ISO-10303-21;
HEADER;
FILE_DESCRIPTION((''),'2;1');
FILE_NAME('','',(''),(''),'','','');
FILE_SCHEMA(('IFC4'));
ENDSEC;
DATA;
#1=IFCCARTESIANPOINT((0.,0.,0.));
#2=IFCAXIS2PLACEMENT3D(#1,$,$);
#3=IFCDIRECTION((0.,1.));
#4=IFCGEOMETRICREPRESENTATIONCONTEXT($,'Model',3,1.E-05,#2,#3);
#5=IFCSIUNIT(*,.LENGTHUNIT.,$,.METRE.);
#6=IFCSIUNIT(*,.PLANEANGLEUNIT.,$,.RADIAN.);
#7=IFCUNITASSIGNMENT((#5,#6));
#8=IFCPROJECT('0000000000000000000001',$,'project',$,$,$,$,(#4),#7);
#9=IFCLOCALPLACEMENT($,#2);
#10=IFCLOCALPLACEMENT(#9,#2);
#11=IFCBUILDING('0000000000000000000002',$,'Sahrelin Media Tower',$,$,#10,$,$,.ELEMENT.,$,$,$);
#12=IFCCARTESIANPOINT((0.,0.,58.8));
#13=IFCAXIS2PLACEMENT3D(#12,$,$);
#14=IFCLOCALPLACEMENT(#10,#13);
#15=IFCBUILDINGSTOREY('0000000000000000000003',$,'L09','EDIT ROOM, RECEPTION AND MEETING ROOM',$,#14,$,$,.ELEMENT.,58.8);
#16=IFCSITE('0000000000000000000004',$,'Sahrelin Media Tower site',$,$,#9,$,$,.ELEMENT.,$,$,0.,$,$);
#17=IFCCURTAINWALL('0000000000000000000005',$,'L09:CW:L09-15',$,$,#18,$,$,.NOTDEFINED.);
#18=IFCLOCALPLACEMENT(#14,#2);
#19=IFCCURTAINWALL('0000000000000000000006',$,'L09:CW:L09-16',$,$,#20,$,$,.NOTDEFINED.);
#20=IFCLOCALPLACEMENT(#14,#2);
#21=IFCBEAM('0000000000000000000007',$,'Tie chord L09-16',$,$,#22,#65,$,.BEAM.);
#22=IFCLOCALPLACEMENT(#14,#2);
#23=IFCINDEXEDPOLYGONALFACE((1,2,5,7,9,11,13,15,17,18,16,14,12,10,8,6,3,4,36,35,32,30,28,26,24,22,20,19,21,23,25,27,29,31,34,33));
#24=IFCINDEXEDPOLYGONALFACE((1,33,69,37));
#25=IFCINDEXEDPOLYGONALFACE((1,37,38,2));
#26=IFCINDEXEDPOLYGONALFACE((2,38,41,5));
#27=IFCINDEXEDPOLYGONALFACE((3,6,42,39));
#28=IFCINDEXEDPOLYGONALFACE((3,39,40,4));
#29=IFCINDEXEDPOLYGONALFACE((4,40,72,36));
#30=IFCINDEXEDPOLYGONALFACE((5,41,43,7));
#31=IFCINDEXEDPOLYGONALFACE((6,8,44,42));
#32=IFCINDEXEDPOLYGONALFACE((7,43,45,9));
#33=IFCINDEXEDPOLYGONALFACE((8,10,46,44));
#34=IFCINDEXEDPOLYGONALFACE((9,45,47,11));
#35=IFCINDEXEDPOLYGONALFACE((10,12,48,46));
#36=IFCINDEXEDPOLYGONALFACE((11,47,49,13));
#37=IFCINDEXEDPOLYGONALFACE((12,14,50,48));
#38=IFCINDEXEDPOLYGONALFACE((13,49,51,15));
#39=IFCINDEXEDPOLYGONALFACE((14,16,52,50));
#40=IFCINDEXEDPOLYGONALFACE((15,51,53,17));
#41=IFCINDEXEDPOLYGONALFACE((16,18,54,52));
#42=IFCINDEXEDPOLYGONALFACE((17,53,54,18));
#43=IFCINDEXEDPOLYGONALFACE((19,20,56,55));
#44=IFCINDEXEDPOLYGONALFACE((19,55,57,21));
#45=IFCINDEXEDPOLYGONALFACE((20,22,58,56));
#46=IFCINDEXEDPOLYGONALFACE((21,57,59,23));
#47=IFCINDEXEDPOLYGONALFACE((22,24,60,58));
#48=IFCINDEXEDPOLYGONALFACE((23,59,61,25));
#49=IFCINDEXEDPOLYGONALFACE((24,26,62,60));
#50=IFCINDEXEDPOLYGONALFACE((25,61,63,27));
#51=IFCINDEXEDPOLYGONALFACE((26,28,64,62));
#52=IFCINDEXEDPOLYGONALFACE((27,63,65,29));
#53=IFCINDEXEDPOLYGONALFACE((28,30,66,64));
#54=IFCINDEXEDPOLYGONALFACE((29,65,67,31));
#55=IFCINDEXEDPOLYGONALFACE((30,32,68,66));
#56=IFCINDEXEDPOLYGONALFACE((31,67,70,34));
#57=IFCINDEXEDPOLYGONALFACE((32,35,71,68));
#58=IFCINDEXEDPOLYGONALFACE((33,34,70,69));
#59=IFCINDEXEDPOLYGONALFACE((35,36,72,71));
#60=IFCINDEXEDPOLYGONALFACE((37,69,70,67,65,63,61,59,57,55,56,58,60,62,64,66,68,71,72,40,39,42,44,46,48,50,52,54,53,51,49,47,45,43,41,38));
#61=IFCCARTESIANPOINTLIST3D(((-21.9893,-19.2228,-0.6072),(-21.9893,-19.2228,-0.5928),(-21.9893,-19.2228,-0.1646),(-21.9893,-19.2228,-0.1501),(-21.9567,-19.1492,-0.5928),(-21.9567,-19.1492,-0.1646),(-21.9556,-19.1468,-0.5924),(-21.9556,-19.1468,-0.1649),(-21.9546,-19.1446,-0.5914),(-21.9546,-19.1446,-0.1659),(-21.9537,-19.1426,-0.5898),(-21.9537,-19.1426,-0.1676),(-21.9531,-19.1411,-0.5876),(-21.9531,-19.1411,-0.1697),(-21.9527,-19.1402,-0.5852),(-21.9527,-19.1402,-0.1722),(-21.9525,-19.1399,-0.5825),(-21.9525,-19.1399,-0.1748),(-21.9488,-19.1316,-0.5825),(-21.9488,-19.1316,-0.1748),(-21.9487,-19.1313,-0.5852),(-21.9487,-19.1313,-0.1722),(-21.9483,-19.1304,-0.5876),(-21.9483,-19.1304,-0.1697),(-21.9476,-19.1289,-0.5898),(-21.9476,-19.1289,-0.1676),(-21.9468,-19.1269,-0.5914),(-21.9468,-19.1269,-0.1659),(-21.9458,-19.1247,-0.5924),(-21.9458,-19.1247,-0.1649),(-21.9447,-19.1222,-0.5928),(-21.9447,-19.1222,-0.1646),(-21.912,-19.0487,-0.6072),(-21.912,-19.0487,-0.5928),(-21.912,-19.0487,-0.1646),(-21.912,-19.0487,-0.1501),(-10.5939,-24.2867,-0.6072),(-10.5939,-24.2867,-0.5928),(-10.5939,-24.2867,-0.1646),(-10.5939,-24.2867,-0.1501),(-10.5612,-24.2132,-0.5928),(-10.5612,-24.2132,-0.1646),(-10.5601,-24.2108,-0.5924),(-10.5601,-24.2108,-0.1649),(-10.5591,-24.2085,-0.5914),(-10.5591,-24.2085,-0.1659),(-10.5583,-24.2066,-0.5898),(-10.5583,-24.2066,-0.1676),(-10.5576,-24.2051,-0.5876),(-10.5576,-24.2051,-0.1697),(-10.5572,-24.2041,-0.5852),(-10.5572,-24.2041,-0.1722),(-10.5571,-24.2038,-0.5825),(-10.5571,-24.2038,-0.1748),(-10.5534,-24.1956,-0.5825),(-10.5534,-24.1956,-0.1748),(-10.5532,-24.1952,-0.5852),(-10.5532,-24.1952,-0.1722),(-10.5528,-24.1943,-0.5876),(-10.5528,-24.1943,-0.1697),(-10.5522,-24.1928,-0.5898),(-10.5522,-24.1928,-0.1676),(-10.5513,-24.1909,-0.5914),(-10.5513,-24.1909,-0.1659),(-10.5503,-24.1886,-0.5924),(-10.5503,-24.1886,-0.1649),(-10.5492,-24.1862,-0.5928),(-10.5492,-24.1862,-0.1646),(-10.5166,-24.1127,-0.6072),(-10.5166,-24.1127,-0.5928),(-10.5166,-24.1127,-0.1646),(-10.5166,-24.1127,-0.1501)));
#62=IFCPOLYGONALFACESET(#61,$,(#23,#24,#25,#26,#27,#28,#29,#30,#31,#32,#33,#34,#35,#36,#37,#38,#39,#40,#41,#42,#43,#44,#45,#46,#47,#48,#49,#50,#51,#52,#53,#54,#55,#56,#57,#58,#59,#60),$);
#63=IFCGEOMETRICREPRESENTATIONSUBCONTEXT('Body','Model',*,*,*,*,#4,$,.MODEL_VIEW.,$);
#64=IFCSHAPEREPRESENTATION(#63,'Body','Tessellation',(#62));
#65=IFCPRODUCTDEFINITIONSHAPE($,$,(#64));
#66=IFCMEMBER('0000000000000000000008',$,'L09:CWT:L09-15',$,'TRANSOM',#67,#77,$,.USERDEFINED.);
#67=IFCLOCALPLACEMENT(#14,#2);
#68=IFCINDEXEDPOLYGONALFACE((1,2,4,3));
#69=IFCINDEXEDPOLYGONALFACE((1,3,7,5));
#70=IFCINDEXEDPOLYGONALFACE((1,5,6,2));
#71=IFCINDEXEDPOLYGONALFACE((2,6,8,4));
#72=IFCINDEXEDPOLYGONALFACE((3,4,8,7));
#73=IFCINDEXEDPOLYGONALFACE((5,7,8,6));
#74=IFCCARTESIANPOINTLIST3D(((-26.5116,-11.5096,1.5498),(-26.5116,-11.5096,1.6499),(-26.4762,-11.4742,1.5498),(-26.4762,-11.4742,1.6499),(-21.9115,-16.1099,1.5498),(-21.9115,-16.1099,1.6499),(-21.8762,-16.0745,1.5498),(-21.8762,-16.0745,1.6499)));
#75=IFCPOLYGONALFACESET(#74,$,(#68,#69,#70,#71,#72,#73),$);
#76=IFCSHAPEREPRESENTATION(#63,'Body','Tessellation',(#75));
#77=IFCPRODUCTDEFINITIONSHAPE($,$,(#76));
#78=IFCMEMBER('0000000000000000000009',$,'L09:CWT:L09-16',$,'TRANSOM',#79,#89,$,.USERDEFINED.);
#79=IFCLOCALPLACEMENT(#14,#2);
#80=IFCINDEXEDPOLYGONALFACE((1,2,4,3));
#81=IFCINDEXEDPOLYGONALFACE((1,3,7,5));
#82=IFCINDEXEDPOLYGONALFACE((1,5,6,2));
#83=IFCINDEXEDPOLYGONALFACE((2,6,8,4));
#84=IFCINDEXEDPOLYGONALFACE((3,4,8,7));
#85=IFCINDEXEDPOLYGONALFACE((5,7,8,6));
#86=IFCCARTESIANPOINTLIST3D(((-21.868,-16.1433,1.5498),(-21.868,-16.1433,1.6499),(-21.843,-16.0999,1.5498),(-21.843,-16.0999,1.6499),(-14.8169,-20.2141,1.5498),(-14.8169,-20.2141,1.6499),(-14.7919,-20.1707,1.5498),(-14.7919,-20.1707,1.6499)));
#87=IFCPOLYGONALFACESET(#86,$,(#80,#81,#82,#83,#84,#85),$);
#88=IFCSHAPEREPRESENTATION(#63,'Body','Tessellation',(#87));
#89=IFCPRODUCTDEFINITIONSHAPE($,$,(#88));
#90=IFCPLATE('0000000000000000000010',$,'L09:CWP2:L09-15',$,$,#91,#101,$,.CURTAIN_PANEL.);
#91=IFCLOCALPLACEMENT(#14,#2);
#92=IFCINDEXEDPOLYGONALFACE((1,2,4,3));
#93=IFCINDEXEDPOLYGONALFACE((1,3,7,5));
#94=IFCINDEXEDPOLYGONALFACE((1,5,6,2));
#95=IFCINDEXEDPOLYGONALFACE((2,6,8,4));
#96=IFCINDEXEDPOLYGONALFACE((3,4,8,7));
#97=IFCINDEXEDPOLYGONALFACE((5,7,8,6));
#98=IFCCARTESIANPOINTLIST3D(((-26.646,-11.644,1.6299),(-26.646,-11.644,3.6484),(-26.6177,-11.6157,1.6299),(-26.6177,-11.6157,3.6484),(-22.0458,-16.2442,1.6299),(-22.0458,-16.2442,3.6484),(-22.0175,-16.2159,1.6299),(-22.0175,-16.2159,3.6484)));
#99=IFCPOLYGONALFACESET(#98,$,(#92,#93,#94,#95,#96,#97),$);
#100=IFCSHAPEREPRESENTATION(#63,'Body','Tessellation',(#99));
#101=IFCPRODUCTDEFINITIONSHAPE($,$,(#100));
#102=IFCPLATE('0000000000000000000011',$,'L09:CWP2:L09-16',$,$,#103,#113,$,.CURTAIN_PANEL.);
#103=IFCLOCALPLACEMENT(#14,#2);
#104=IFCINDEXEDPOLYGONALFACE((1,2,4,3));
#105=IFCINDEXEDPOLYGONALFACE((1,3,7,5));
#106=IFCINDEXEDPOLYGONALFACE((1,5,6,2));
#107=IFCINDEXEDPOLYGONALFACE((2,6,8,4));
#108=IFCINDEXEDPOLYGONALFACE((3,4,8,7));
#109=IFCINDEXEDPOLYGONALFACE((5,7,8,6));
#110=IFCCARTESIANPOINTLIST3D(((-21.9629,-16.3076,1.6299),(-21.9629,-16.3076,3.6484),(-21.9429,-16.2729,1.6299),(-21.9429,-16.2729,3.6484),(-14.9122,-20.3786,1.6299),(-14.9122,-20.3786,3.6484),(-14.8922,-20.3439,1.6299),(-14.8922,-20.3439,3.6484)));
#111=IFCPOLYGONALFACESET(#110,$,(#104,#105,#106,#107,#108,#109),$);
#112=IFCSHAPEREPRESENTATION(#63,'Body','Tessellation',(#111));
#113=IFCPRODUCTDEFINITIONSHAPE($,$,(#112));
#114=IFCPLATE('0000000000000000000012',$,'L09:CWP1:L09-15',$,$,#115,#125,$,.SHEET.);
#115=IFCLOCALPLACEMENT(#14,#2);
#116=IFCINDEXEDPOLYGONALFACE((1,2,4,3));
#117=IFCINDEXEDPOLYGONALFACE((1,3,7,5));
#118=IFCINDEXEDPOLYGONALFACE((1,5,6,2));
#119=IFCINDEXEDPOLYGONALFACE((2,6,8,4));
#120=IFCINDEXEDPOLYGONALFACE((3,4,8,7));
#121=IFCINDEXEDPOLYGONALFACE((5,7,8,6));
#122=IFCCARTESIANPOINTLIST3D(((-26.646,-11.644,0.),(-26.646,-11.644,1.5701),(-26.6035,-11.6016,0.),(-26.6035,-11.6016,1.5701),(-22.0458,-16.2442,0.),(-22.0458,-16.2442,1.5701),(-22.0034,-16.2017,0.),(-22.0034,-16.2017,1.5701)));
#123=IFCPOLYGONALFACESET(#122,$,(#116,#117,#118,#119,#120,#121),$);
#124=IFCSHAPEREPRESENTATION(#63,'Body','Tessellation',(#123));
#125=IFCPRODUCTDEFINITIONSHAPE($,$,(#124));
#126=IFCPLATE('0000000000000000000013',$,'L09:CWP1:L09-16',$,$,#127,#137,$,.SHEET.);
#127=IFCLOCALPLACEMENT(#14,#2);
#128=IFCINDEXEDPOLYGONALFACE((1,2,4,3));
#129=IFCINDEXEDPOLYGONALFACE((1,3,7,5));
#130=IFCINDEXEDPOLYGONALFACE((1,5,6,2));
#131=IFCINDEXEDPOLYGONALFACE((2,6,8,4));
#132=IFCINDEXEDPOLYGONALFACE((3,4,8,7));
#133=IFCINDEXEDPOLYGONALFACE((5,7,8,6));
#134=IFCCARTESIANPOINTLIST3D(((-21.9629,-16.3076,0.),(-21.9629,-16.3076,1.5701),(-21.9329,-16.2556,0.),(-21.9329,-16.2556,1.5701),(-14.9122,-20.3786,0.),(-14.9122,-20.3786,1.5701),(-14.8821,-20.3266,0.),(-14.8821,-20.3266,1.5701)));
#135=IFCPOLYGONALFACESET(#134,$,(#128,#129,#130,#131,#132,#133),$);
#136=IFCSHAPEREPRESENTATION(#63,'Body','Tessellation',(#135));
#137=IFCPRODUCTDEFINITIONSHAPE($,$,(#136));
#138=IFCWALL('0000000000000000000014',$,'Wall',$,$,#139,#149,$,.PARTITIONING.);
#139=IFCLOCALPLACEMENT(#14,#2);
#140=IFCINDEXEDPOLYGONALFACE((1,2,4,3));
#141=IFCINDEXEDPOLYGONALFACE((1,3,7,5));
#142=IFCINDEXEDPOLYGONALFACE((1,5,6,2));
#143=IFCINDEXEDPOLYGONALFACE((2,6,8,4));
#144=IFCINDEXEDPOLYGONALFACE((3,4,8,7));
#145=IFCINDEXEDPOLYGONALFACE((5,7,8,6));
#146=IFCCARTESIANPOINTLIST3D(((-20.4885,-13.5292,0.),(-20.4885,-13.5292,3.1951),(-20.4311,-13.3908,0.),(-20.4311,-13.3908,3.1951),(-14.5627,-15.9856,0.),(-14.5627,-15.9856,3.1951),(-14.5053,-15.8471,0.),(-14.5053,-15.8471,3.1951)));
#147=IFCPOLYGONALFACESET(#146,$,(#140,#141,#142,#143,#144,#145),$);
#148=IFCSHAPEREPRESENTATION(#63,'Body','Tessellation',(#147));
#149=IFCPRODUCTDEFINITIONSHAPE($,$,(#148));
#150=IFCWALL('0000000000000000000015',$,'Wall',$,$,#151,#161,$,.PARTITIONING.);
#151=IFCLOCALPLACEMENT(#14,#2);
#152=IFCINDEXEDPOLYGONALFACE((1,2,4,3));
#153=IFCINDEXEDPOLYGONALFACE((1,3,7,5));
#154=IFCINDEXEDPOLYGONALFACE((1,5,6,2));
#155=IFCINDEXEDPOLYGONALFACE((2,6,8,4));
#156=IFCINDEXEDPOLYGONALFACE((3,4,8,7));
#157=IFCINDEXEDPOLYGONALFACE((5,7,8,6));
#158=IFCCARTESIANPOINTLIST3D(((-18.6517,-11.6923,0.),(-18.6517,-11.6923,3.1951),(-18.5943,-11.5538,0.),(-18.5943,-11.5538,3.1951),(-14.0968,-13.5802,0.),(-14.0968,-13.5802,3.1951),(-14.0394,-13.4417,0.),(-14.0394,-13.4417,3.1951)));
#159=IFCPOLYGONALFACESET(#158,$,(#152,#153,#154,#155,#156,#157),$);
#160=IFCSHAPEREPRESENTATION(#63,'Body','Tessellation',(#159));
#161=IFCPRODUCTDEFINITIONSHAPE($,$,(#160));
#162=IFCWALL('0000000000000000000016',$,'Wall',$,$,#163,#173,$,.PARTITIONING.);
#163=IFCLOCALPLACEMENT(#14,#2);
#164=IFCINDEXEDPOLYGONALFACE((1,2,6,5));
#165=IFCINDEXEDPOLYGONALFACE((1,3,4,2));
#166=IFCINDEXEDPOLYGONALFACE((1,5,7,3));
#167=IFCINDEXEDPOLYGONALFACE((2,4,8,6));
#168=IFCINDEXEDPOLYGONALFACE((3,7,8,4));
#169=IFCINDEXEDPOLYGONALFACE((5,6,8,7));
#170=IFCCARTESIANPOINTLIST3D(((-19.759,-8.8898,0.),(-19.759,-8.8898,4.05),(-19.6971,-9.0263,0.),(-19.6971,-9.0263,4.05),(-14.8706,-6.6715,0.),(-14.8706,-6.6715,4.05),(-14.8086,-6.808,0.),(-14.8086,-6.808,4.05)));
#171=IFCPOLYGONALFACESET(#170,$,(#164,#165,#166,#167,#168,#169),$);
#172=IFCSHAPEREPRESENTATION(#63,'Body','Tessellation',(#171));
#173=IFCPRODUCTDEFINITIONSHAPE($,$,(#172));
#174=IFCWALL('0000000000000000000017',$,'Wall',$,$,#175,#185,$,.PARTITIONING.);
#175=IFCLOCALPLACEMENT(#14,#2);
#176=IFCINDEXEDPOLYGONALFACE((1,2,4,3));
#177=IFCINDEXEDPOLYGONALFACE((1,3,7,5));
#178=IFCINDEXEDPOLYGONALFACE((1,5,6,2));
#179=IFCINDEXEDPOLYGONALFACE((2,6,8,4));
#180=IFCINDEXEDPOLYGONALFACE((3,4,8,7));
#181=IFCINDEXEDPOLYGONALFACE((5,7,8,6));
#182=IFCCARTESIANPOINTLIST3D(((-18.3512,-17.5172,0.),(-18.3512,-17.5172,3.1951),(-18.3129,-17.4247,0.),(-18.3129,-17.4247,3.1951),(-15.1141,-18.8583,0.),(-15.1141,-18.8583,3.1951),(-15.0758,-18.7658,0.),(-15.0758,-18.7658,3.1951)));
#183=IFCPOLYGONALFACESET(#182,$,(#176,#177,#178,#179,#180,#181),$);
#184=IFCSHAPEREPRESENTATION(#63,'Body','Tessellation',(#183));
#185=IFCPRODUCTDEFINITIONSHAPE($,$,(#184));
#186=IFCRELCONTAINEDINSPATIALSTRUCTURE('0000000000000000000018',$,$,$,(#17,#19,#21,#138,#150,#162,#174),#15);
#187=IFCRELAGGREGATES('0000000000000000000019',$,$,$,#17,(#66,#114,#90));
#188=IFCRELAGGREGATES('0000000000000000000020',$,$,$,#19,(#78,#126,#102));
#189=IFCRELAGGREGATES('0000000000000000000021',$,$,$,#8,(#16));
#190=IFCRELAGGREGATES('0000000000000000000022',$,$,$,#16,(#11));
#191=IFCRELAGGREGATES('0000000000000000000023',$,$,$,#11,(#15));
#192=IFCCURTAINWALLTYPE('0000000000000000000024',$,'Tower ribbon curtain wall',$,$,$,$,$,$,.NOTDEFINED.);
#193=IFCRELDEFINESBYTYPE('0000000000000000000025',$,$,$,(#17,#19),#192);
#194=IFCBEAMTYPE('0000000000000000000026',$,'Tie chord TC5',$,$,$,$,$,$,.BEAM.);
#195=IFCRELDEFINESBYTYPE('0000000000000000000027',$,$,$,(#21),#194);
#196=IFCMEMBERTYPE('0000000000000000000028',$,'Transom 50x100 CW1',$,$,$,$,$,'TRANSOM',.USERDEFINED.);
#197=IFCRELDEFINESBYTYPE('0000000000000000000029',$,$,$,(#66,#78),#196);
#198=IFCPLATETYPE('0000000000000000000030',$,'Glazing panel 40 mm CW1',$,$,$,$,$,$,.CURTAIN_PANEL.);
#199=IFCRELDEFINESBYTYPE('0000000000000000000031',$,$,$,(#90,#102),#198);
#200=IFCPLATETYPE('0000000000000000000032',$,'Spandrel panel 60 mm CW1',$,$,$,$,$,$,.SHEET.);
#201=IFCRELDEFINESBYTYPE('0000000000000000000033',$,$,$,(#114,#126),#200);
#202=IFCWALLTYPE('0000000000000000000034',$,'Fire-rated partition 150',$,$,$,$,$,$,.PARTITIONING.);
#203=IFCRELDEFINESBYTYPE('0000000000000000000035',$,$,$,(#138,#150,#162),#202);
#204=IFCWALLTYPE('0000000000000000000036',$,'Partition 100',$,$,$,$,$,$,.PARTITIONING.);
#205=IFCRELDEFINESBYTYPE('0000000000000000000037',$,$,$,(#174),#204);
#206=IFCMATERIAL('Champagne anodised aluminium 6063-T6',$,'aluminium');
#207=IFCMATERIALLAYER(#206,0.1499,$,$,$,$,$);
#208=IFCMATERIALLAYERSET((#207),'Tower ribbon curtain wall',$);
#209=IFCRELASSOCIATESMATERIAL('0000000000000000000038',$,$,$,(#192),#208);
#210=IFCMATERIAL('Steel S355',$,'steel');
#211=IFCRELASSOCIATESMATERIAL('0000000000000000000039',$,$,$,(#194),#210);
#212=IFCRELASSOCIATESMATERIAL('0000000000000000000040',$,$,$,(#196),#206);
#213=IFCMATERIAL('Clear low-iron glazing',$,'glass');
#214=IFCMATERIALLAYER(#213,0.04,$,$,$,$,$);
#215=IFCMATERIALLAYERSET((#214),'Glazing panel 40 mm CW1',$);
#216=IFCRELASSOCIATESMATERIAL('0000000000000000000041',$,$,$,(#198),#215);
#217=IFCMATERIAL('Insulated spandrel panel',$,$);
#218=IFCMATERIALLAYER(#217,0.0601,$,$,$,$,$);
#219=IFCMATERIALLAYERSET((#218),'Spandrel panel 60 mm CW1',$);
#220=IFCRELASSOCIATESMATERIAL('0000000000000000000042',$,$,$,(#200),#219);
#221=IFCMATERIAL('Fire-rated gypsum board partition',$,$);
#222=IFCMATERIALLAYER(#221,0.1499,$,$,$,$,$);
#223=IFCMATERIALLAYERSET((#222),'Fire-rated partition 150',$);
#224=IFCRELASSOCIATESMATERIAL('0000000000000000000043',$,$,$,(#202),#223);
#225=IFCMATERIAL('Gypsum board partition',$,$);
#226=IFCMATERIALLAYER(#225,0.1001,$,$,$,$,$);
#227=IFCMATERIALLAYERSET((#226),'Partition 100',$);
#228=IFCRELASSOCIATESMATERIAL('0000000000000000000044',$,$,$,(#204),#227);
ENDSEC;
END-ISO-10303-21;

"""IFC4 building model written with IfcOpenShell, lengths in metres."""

from ifc_helpers import new_model, si_unit, direction, frame, frame_2d, origin, origin_2d, place, context, subcontext, project, spatial, polyline, rectangle, i_section, outline, extrude, material, layer, layer_set, material_profile, profile_set, type_object, element, aggregate, save


model = new_model("IFC4")

# Units and contexts
model_context = context("Model", 3, precision=1e-05, world=origin(), true_north=direction((0.0, 1.0)))
body_context = subcontext(model_context, "Body", "Model", "MODEL_VIEW")
ifc_project = project(units=[si_unit("LENGTHUNIT", "METRE"), si_unit("PLANEANGLEUNIT", "RADIAN")], contexts=[model_context])

# Site, building, storey
site_placement = place(None, origin())
site = spatial("IfcSite", under=ifc_project, at=site_placement, Name="Sahrelin Media Tower site", CompositionType="ELEMENT", RefElevation=0.0)
building_placement = place(site_placement, origin())
building = spatial("IfcBuilding", under=site, at=building_placement, Name="Sahrelin Media Tower", CompositionType="ELEMENT")
storey_placement = place(building_placement, frame((0.0, 0.0, 58.8)))
storey = spatial("IfcBuildingStorey", under=building, at=storey_placement, Name="L09", Description="EDIT ROOM, RECEPTION AND MEETING ROOM", CompositionType="ELEMENT", Elevation=58.8)

# Shared definitions
ifc_material_1 = material(Name="Steel S355", Category="steel")

# Curtain walls
ifc_material_2 = material(Name="Champagne anodised aluminium 6063-T6", Category="aluminium")
ifc_layer_1 = layer(ifc_material_2, 0.1499)
ifc_layer_set_1 = layer_set([ifc_layer_1], Name="Tower ribbon curtain wall")
curtain_wall_type = type_object("IfcCurtainWallType", Name="Tower ribbon curtain wall", PredefinedType="NOTDEFINED", material=ifc_layer_set_1)
curtain_wall_1_placement = place(storey_placement, frame((-24.3318, -13.9299, 0.0), z_axis=(0.0, 0.0, 1.0), x_axis=(1.0, 0.0, 0.0)))
curtain_wall_1 = element("IfcCurtainWall", 1, at=curtain_wall_1_placement, inside=storey, type_object=curtain_wall_type, Name="L09:CW:L09-15", PredefinedType="NOTDEFINED")
curtain_wall_2_placement = place(storey_placement, frame((-18.4275, -18.3257, 0.0), z_axis=(0.0, 0.0, 1.0), x_axis=(1.0, 0.0, 0.0)))
curtain_wall_2 = element("IfcCurtainWall", 2, at=curtain_wall_2_placement, inside=storey, type_object=curtain_wall_type, Name="L09:CW:L09-16", PredefinedType="NOTDEFINED")

# Beam
ifc_material_profile_1 = material_profile(ifc_material_1, i_section(OverallWidth=0.1904, OverallDepth=0.457, WebThickness=0.009, FlangeThickness=0.0144, FilletRadius=0.0103, at=origin_2d()), Name="UB 457x191x74")
ifc_profile_set_1 = profile_set([ifc_material_profile_1], Name="Steel S355")
beam_type_1 = type_object("IfcBeamType", Name="Tie chord TC5", PredefinedType="BEAM", material=ifc_profile_set_1)
beam_1_placement = place(storey_placement, frame((-21.9507, -19.1357, -0.3787), z_axis=(0.913833, -0.406091, 0.0), x_axis=(0.406091, 0.913833, 0.0)))
element("IfcBeam", 3, at=beam_1_placement, inside=storey, type_object=beam_type_1, Name="Tie chord L09-16", PredefinedType="BEAM", context=body_context, shape_type="SweptSolid", body=[
    extrude(i_section(OverallWidth=0.1904, OverallDepth=0.457, WebThickness=0.009, FlangeThickness=0.0144, FilletRadius=0.0103, at=origin_2d()), origin(), (0.0, 0.0, 1.0), 12.47),
])

# Members
ifc_material_profile_2 = material_profile(ifc_material_2, rectangle(XDim=0.05, YDim=0.1001, at=origin_2d()), Name="Transom 50x100")
ifc_profile_set_2 = profile_set([ifc_material_profile_2], Name="Champagne anodised aluminium 6063-T6")
member_type_1 = type_object("IfcMemberType", Name="Transom 50x100 CW1", ElementType="TRANSOM", PredefinedType="USERDEFINED", material=ifc_profile_set_2)
member_1_placement = place(storey_placement, frame((-26.4939, -11.4919, 1.5999), z_axis=(0.707088, -0.707126, 0.0), x_axis=(0.707126, 0.707088, 0.0)))
member_1 = element("IfcMember", 4, at=member_1_placement, type_object=member_type_1, Name="L09:CWT:L09-15", ObjectType="TRANSOM", PredefinedType="USERDEFINED", context=body_context, shape_type="SweptSolid", body=[
    extrude(rectangle(XDim=0.05, YDim=0.1001, at=origin_2d()), origin(), (0.0, 0.0, 1.0), 6.5056),
])
member_2_placement = place(storey_placement, frame((-21.8555, -16.1216, 1.5999), z_axis=(0.866031, -0.49999, 0.0), x_axis=(0.49999, 0.866031, 0.0)))
member_2 = element("IfcMember", 5, at=member_2_placement, type_object=member_type_1, Name="L09:CWT:L09-16", ObjectType="TRANSOM", PredefinedType="USERDEFINED", context=body_context, shape_type="SweptSolid", body=[
    extrude(rectangle(XDim=0.05, YDim=0.1001, at=origin_2d()), origin(), (0.0, 0.0, 1.0), 8.1418),
])

# Plates
ifc_material_3 = material(Name="Clear low-iron glazing", Category="glass")
ifc_layer_2 = layer(ifc_material_3, 0.04)
ifc_layer_set_2 = layer_set([ifc_layer_2], Name="Glazing panel 40 mm CW1")
plate_type_1 = type_object("IfcPlateType", Name="Glazing panel 40 mm CW1", PredefinedType="CURTAIN_PANEL", material=ifc_layer_set_2)
plate_1_placement = place(storey_placement, frame((-26.646, -11.644, 1.6299), z_axis=(-0.707107, -0.707107, 0.0), x_axis=(0.707107, -0.707107, 0.0)))
plate_1 = element("IfcPlate", 6, at=plate_1_placement, type_object=plate_type_1, Name="L09:CWP2:L09-15", PredefinedType="CURTAIN_PANEL", context=body_context, shape_type="SweptSolid", body=[
    extrude(outline(polyline([(0.0, 0.0), (6.5056, 0.0), (6.5056, 2.0186), (0.0, 2.0186), (0.0, 0.0)])), origin(), (0.0, 0.0, -1.0), 0.04),
])
plate_2_placement = place(storey_placement, frame((-21.9629, -16.3076, 1.6299), z_axis=(-0.500025, -0.866011, 0.0), x_axis=(0.866011, -0.500025, 0.0)))
plate_2 = element("IfcPlate", 7, at=plate_2_placement, type_object=plate_type_1, Name="L09:CWP2:L09-16", PredefinedType="CURTAIN_PANEL", context=body_context, shape_type="SweptSolid", body=[
    extrude(outline(polyline([(0.0, 0.0), (8.1416, 0.0), (8.1416, 2.0186), (0.0, 2.0186), (0.0, 0.0)])), origin(), (0.0, 0.0, -1.0), 0.04),
])
ifc_material_4 = material(Name="Insulated spandrel panel")
ifc_layer_3 = layer(ifc_material_4, 0.0601)
ifc_layer_set_3 = layer_set([ifc_layer_3], Name="Spandrel panel 60 mm CW1")
plate_type_2 = type_object("IfcPlateType", Name="Spandrel panel 60 mm CW1", PredefinedType="SHEET", material=ifc_layer_set_3)
plate_3_placement = place(storey_placement, frame((-26.646, -11.644, 0.0), z_axis=(-0.707107, -0.707107, 0.0), x_axis=(0.707107, -0.707107, 0.0)))
plate_3 = element("IfcPlate", 8, at=plate_3_placement, type_object=plate_type_2, Name="L09:CWP1:L09-15", PredefinedType="SHEET", context=body_context, shape_type="SweptSolid", body=[
    extrude(outline(polyline([(0.0, 0.0), (6.5056, 0.0), (6.5056, 1.5701), (0.0, 1.5701), (0.0, 0.0)])), origin(), (0.0, 0.0, -1.0), 0.0601),
])
aggregate(curtain_wall_1, [member_1, plate_3, plate_1])
plate_4_placement = place(storey_placement, frame((-21.9629, -16.3076, 0.0), z_axis=(-0.500025, -0.866011, 0.0), x_axis=(0.866011, -0.500025, 0.0)))
plate_4 = element("IfcPlate", 9, at=plate_4_placement, type_object=plate_type_2, Name="L09:CWP1:L09-16", PredefinedType="SHEET", context=body_context, shape_type="SweptSolid", body=[
    extrude(outline(polyline([(0.0, 0.0), (8.1416, 0.0), (8.1416, 1.5701), (0.0, 1.5701), (0.0, 0.0)])), origin(), (0.0, 0.0, -1.0), 0.0601),
])
aggregate(curtain_wall_2, [member_2, plate_4, plate_2])

# Walls
ifc_material_5 = material(Name="Fire-rated gypsum board partition")
ifc_layer_4 = layer(ifc_material_5, 0.1499)
ifc_layer_set_4 = layer_set([ifc_layer_4], Name="Fire-rated partition 150")
wall_type_1 = type_object("IfcWallType", Name="Fire-rated partition 150", PredefinedType="PARTITIONING", material=ifc_layer_set_4)
wall_1_placement = place(storey_placement, frame((-20.46, -13.46, 0.0), z_axis=(0.0, 0.0, 1.0), x_axis=(0.923783, -0.382918, 0.0)))
element("IfcWall", 10, at=wall_1_placement, inside=storey, type_object=wall_type_1, Name="Wall", PredefinedType="PARTITIONING", context=body_context, shape_type="SweptSolid", body=[
    extrude(rectangle(XDim=6.4148, YDim=0.1499, at=frame_2d((3.2075, 0.0))), origin(), (0.0, 0.0, 1.0), 3.1951),
])
wall_2_placement = place(storey_placement, frame((-18.623, -11.623, 0.0), z_axis=(0.0, 0.0, 1.0), x_axis=(0.923792, -0.382895, 0.0)))
element("IfcWall", 11, at=wall_2_placement, inside=storey, type_object=wall_type_1, Name="Wall", PredefinedType="PARTITIONING", context=body_context, shape_type="SweptSolid", body=[
    extrude(rectangle(XDim=4.9307, YDim=0.1499, at=frame_2d((2.4653, 0.0))), origin(), (0.0, 0.0, 1.0), 3.1951),
])
wall_3_placement = place(storey_placement, frame((-19.728, -8.958, 0.0), z_axis=(0.0, 0.0, 1.0), x_axis=(0.91063, 0.413224, 0.0)))
element("IfcWall", 12, at=wall_3_placement, inside=storey, type_object=wall_type_1, Name="Wall", PredefinedType="PARTITIONING", context=body_context, shape_type="SweptSolid", body=[
    extrude(rectangle(XDim=5.3682, YDim=0.1499, at=frame_2d((2.6841, 0.0))), origin(), (0.0, 0.0, 1.0), 4.05),
])
ifc_material_6 = material(Name="Gypsum board partition")
ifc_layer_5 = layer(ifc_material_6, 0.1001)
ifc_layer_set_5 = layer_set([ifc_layer_5], Name="Partition 100")
wall_type_2 = type_object("IfcWallType", Name="Partition 100", PredefinedType="PARTITIONING", material=ifc_layer_set_5)
wall_4_placement = place(storey_placement, frame((-18.332, -17.4709, 0.0), z_axis=(0.0, 0.0, 1.0), x_axis=(0.923856, -0.382739, 0.0)))
element("IfcWall", 13, at=wall_4_placement, inside=storey, type_object=wall_type_2, Name="Wall", PredefinedType="PARTITIONING", context=body_context, shape_type="SweptSolid", body=[
    extrude(rectangle(XDim=3.5039, YDim=0.1001, at=frame_2d((1.752, 0.0))), origin(), (0.0, 0.0, 1.0), 3.1951),
])

save(model, "model.ifc")
